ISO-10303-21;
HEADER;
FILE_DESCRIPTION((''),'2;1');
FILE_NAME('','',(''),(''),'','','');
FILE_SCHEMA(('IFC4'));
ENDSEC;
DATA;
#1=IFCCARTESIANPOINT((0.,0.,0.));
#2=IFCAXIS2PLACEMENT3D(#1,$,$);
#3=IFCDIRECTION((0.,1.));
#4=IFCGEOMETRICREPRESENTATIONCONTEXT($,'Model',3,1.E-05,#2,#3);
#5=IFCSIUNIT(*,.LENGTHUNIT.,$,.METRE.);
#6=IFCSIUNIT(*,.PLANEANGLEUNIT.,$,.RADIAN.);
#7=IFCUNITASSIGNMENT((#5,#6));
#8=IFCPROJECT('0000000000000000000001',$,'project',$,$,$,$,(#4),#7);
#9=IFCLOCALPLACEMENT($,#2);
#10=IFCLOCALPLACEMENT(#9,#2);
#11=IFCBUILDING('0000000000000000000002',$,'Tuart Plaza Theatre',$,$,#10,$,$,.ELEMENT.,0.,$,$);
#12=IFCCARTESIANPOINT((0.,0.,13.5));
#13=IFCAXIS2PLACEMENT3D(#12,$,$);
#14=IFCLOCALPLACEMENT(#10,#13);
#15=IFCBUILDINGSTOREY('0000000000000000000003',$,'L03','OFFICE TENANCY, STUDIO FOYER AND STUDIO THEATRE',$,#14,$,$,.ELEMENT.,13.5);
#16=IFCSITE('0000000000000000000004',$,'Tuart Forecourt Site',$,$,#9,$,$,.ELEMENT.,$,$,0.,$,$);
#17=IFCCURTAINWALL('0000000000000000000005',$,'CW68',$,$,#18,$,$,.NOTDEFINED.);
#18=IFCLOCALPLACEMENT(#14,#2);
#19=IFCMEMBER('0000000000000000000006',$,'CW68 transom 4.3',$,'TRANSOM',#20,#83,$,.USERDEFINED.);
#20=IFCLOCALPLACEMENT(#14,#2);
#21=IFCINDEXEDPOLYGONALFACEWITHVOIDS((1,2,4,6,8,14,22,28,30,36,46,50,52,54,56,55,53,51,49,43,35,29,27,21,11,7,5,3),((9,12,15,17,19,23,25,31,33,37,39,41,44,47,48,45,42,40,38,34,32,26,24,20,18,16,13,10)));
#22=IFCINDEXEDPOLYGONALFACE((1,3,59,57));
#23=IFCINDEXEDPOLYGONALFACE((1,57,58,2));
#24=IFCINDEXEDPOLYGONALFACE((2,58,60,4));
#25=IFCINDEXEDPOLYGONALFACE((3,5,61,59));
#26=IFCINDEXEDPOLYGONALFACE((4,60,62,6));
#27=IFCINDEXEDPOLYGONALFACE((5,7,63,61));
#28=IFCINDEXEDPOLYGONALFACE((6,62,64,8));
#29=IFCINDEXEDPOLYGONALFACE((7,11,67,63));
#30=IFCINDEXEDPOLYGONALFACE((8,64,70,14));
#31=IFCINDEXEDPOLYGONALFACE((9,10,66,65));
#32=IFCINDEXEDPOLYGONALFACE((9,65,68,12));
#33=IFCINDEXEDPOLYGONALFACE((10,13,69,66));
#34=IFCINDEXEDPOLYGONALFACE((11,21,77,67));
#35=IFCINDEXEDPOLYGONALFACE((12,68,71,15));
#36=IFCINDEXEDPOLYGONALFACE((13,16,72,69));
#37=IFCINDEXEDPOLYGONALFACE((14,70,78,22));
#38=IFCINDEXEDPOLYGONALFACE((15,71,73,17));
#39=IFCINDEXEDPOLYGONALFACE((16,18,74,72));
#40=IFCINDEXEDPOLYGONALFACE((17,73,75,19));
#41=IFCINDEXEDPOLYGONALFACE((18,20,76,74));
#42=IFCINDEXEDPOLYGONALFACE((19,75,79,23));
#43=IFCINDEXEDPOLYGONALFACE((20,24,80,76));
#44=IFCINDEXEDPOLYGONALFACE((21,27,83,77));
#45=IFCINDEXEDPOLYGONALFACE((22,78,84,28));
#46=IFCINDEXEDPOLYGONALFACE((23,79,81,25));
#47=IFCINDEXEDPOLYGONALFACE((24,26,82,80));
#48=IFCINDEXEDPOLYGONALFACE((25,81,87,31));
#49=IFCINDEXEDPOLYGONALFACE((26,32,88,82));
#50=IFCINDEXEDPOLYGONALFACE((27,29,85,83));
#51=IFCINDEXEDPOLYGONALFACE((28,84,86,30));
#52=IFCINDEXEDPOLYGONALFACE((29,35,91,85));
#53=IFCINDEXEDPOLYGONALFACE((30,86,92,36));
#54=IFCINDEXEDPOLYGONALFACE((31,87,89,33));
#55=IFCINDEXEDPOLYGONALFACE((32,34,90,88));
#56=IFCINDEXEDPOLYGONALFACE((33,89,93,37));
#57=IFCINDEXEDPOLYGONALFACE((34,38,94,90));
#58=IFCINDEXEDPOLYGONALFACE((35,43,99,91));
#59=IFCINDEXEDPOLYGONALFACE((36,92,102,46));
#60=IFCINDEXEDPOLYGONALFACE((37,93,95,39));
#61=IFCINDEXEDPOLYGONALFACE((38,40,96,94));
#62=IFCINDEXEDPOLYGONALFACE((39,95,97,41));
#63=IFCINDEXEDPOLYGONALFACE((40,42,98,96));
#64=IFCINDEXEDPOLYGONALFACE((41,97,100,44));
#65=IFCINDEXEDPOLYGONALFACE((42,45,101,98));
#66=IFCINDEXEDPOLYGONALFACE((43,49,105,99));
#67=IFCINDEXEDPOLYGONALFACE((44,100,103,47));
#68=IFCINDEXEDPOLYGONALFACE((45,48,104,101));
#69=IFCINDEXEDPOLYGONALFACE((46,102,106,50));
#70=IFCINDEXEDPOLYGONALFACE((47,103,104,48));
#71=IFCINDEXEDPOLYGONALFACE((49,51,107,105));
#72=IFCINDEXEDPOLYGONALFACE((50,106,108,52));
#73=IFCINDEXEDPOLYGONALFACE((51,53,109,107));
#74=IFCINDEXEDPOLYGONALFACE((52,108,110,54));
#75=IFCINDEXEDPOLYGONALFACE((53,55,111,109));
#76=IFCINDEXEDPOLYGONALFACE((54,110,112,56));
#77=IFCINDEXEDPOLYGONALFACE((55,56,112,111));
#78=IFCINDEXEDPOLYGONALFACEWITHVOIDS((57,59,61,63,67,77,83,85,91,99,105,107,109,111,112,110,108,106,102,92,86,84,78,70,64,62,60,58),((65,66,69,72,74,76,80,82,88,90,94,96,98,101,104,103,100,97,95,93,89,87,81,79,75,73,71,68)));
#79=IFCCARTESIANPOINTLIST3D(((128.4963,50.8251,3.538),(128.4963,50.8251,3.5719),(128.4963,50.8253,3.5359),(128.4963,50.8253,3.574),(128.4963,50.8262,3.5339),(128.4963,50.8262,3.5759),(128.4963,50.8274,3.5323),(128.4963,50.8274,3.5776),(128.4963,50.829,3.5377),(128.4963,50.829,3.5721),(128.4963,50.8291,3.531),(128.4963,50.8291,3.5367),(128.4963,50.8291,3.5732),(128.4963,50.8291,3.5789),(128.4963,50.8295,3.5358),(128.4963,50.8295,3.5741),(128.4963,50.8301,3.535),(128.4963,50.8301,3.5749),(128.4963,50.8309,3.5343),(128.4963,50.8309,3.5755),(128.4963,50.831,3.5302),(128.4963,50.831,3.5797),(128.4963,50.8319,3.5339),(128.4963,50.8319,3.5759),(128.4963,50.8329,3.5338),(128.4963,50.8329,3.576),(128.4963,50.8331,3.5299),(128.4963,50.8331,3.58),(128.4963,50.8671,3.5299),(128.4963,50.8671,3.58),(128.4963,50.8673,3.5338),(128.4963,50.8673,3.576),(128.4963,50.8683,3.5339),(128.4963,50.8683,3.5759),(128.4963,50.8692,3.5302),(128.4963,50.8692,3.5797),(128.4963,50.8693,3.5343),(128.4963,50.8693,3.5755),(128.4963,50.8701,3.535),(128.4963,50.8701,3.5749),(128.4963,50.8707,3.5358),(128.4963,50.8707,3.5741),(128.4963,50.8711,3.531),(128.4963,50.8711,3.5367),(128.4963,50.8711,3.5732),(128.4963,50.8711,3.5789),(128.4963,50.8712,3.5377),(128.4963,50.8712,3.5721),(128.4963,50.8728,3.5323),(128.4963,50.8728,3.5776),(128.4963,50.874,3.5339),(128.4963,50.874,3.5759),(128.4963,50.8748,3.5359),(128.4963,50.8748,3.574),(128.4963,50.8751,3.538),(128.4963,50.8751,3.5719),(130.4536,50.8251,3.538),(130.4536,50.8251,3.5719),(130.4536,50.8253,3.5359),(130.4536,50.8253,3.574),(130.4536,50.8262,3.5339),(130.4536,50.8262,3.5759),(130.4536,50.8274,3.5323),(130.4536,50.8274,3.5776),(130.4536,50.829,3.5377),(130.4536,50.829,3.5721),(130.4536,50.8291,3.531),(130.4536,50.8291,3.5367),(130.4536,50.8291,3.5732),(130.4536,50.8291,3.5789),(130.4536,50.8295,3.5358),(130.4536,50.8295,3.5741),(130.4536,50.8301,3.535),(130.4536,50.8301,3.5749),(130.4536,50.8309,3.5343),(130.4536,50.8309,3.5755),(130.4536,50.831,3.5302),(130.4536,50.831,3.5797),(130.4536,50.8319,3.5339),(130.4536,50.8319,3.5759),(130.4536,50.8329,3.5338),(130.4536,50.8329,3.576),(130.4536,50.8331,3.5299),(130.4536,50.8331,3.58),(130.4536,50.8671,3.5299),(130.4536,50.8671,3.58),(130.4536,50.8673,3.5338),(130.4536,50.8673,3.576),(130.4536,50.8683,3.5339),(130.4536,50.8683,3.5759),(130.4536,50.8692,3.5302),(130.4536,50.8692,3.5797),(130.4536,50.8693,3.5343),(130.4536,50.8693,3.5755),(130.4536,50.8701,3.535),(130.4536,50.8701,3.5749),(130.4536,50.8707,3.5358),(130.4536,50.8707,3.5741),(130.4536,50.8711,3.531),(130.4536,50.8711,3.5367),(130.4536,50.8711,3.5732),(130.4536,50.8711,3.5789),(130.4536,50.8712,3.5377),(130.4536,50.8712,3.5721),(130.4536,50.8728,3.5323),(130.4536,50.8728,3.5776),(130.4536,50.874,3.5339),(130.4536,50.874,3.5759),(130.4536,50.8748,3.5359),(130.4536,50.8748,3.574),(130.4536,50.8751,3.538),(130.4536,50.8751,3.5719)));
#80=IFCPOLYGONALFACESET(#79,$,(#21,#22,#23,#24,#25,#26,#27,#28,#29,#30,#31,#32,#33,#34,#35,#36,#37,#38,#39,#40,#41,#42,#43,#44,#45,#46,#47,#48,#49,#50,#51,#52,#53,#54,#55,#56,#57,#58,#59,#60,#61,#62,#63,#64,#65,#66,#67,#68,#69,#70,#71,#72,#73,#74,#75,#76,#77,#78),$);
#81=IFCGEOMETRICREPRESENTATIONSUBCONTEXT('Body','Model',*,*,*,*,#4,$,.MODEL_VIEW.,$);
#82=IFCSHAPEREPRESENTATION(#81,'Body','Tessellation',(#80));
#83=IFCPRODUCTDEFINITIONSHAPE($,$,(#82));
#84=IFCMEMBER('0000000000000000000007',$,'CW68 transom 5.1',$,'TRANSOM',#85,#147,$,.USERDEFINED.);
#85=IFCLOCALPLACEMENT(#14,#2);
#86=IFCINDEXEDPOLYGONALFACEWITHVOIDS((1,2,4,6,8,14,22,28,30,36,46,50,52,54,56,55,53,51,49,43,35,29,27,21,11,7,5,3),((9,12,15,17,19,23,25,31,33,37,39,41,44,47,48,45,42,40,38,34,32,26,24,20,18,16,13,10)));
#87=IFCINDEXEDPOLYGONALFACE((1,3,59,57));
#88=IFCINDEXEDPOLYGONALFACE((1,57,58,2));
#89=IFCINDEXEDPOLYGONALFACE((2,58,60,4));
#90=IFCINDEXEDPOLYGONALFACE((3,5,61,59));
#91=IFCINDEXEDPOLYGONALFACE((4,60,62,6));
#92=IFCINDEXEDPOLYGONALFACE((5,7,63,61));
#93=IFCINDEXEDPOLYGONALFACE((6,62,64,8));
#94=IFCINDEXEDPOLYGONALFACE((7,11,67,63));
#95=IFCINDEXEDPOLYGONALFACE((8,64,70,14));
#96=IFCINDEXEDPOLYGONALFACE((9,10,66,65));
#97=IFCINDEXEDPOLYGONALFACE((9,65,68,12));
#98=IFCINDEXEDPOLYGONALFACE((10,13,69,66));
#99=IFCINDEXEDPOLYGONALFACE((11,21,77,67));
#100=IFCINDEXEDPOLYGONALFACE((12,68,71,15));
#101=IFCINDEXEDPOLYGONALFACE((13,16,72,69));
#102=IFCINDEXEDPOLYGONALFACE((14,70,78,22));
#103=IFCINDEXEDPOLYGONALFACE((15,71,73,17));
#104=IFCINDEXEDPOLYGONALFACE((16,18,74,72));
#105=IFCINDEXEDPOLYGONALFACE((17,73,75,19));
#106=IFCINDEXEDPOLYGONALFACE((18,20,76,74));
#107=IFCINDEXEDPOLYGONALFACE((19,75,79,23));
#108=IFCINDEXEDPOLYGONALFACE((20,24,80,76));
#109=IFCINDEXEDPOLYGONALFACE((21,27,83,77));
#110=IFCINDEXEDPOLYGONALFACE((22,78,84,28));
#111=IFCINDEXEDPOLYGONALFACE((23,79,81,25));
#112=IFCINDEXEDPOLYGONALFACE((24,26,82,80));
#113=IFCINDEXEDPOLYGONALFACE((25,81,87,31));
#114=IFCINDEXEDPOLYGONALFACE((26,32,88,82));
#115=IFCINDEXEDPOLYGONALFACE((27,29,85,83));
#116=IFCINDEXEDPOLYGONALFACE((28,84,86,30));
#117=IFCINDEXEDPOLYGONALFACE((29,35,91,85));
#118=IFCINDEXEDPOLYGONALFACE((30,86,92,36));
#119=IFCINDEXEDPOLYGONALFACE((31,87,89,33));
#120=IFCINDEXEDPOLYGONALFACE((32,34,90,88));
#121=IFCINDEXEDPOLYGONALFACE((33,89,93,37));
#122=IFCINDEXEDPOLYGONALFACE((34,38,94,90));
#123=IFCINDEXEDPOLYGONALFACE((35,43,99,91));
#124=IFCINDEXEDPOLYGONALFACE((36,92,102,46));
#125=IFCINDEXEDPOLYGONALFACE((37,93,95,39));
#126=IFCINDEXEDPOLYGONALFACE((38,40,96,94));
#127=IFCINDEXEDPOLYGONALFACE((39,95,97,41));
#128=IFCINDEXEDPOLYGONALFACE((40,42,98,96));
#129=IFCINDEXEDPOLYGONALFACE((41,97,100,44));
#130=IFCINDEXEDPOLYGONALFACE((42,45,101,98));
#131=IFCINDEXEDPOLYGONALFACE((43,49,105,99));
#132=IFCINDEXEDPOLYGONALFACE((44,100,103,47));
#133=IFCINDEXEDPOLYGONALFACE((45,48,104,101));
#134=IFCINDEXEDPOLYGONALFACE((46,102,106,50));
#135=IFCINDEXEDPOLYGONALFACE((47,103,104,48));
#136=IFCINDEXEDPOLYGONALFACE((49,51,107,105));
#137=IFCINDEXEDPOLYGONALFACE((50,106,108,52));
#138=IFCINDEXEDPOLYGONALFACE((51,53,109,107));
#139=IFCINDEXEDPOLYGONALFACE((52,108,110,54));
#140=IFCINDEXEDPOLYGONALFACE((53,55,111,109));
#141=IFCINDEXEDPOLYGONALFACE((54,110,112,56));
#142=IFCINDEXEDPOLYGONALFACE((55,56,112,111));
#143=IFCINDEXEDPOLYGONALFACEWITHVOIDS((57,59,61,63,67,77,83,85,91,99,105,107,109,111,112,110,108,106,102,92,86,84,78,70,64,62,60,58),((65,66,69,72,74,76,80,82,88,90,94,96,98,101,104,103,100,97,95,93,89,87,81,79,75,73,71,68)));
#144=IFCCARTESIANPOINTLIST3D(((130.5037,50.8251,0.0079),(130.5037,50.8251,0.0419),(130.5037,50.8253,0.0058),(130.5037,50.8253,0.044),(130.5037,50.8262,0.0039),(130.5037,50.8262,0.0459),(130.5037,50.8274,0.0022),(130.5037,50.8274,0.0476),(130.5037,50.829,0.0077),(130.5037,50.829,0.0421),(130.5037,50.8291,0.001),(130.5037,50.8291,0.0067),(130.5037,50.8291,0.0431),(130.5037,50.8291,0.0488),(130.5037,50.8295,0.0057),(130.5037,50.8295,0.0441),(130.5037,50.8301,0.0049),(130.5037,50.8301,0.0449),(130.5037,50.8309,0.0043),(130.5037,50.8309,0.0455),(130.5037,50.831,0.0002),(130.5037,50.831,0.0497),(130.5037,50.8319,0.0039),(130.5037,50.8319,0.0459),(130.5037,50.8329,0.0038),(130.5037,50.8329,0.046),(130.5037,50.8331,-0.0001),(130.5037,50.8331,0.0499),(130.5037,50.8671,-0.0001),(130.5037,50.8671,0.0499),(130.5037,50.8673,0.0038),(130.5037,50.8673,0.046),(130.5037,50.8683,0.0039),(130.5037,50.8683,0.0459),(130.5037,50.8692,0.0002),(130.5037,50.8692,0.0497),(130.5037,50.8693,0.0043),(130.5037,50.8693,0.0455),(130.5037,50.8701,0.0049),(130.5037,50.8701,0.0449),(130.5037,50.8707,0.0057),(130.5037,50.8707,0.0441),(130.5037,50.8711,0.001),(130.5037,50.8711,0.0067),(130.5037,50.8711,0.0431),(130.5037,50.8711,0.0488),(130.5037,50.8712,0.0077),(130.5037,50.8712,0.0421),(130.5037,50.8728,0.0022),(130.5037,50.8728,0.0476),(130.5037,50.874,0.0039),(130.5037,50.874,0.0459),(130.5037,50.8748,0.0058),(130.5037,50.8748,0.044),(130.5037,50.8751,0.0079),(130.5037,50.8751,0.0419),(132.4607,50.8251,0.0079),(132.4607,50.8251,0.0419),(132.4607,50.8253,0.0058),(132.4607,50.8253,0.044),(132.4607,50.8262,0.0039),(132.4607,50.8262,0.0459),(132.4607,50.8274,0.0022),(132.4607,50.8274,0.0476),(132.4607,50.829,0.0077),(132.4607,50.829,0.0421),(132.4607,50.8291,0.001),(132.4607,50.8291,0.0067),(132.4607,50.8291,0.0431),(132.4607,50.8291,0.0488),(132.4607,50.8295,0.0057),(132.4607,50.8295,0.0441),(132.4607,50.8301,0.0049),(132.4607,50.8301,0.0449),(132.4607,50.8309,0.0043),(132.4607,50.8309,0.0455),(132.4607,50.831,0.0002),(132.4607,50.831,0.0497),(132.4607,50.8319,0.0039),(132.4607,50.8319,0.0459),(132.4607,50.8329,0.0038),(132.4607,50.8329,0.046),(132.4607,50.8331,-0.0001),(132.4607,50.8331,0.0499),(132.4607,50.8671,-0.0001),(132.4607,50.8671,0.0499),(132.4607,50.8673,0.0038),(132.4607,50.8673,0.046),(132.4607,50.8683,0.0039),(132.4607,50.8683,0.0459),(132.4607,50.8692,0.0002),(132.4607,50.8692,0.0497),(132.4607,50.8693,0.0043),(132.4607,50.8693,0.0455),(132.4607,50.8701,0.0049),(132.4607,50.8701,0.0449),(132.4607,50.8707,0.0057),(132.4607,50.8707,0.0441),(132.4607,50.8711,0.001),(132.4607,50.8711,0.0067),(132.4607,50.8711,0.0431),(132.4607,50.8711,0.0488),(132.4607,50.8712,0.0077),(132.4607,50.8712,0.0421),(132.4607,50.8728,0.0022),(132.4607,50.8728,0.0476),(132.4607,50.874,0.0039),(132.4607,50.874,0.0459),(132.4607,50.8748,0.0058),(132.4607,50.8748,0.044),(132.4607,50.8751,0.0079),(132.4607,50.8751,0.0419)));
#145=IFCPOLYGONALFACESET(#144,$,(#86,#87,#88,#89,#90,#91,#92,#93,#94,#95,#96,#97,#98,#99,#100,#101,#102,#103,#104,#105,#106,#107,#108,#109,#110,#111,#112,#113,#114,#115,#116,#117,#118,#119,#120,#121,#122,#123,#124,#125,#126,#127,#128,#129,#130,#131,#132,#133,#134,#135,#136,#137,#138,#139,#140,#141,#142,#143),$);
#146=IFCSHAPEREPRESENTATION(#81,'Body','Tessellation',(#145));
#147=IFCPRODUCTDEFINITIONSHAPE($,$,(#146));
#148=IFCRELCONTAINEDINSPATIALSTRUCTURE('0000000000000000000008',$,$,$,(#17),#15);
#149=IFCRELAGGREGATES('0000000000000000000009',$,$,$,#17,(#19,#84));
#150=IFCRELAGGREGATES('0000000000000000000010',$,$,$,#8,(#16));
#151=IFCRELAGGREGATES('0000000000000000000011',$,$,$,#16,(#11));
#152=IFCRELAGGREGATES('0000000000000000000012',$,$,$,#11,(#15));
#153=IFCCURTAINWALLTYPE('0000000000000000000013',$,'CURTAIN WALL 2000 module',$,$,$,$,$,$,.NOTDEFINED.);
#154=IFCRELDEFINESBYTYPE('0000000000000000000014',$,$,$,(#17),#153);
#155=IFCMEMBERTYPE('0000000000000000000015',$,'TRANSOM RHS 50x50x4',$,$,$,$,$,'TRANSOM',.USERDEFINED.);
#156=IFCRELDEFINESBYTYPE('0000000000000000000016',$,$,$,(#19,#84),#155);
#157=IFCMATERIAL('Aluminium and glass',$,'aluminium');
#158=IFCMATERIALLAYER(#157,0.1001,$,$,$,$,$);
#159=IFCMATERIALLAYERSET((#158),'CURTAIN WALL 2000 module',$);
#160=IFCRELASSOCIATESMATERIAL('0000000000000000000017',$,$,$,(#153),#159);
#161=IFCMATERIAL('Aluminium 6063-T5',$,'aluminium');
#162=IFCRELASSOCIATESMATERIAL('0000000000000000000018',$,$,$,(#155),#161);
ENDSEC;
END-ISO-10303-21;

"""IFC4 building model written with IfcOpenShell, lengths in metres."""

from ifc_helpers import new_model, si_unit, direction, frame, origin, origin_2d, place, context, subcontext, project, spatial, hollow_rectangle, extrude, material, layer, layer_set, material_profile, profile_set, type_object, element, aggregate, save


model = new_model("IFC4")

# Units and contexts
model_context = context("Model", 3, precision=1e-05, world=origin(), true_north=direction((0.0, 1.0)))
body_context = subcontext(model_context, "Body", "Model", "MODEL_VIEW")
ifc_project = project(units=[si_unit("LENGTHUNIT", "METRE"), si_unit("PLANEANGLEUNIT", "RADIAN")], contexts=[model_context])

# Site, building, storey
site_placement = place(None, origin())
site = spatial("IfcSite", under=ifc_project, at=site_placement, Name="Tuart Forecourt Site", CompositionType="ELEMENT", RefElevation=0.0)
building_placement = place(site_placement, origin())
building = spatial("IfcBuilding", under=site, at=building_placement, Name="Tuart Plaza Theatre", CompositionType="ELEMENT", ElevationOfRefHeight=0.0)
storey_placement = place(building_placement, frame((0.0, 0.0, 13.5)))
storey = spatial("IfcBuildingStorey", under=building, at=storey_placement, Name="L03", Description="OFFICE TENANCY, STUDIO FOYER AND STUDIO THEATRE", CompositionType="ELEMENT", Elevation=13.5)

# Curtain wall, members
ifc_material_1 = material(Name="Aluminium and glass", Category="aluminium")
ifc_layer_1 = layer(ifc_material_1, 0.1001)
ifc_layer_set_1 = layer_set([ifc_layer_1], Name="CURTAIN WALL 2000 module")
curtain_wall_type = type_object("IfcCurtainWallType", Name="CURTAIN WALL 2000 module", PredefinedType="NOTDEFINED", material=ifc_layer_set_1)
curtain_wall_placement = place(storey_placement, origin())
curtain_wall = element("IfcCurtainWall", 1, at=curtain_wall_placement, inside=storey, type_object=curtain_wall_type, Name="CW68", PredefinedType="NOTDEFINED")
ifc_material_2 = material(Name="Aluminium 6063-T5", Category="aluminium")
ifc_material_profile_1 = material_profile(ifc_material_2, hollow_rectangle(XDim=0.05, YDim=0.05, WallThickness=0.0039, InnerFilletRadius=0.0039, OuterFilletRadius=0.0081, at=origin_2d()), Name="RHS 50x50x4")
ifc_profile_set_1 = profile_set([ifc_material_profile_1], Name="Aluminium 6063-T5")
member_type_1 = type_object("IfcMemberType", Name="TRANSOM RHS 50x50x4", ElementType="TRANSOM", PredefinedType="USERDEFINED", material=ifc_profile_set_1)
member_1_placement = place(storey_placement, frame((128.4963, 50.8501, 3.5549), z_axis=(1.0, 0.0, 0.0), x_axis=(0.0, 1.0, 0.0)))
member_1 = element("IfcMember", 2, at=member_1_placement, type_object=member_type_1, Name="CW68 transom 4.3", ObjectType="TRANSOM", PredefinedType="USERDEFINED", context=body_context, shape_type="SweptSolid", body=[
    extrude(hollow_rectangle(XDim=0.05, YDim=0.05, WallThickness=0.0039, InnerFilletRadius=0.0039, OuterFilletRadius=0.0081, at=origin_2d()), origin(), (0.0, 0.0, 1.0), 1.9573),
])
member_2_placement = place(storey_placement, frame((130.5037, 50.8501, 0.0249), z_axis=(1.0, 0.0, 0.0), x_axis=(0.0, 1.0, 0.0)))
member_2 = element("IfcMember", 3, at=member_2_placement, type_object=member_type_1, Name="CW68 transom 5.1", ObjectType="TRANSOM", PredefinedType="USERDEFINED", context=body_context, shape_type="SweptSolid", body=[
    extrude(hollow_rectangle(XDim=0.05, YDim=0.05, WallThickness=0.0039, InnerFilletRadius=0.0039, OuterFilletRadius=0.0081, at=origin_2d()), origin(), (0.0, 0.0, 1.0), 1.957),
])
aggregate(curtain_wall, [member_1, member_2])

save(model, "model.ifc")
